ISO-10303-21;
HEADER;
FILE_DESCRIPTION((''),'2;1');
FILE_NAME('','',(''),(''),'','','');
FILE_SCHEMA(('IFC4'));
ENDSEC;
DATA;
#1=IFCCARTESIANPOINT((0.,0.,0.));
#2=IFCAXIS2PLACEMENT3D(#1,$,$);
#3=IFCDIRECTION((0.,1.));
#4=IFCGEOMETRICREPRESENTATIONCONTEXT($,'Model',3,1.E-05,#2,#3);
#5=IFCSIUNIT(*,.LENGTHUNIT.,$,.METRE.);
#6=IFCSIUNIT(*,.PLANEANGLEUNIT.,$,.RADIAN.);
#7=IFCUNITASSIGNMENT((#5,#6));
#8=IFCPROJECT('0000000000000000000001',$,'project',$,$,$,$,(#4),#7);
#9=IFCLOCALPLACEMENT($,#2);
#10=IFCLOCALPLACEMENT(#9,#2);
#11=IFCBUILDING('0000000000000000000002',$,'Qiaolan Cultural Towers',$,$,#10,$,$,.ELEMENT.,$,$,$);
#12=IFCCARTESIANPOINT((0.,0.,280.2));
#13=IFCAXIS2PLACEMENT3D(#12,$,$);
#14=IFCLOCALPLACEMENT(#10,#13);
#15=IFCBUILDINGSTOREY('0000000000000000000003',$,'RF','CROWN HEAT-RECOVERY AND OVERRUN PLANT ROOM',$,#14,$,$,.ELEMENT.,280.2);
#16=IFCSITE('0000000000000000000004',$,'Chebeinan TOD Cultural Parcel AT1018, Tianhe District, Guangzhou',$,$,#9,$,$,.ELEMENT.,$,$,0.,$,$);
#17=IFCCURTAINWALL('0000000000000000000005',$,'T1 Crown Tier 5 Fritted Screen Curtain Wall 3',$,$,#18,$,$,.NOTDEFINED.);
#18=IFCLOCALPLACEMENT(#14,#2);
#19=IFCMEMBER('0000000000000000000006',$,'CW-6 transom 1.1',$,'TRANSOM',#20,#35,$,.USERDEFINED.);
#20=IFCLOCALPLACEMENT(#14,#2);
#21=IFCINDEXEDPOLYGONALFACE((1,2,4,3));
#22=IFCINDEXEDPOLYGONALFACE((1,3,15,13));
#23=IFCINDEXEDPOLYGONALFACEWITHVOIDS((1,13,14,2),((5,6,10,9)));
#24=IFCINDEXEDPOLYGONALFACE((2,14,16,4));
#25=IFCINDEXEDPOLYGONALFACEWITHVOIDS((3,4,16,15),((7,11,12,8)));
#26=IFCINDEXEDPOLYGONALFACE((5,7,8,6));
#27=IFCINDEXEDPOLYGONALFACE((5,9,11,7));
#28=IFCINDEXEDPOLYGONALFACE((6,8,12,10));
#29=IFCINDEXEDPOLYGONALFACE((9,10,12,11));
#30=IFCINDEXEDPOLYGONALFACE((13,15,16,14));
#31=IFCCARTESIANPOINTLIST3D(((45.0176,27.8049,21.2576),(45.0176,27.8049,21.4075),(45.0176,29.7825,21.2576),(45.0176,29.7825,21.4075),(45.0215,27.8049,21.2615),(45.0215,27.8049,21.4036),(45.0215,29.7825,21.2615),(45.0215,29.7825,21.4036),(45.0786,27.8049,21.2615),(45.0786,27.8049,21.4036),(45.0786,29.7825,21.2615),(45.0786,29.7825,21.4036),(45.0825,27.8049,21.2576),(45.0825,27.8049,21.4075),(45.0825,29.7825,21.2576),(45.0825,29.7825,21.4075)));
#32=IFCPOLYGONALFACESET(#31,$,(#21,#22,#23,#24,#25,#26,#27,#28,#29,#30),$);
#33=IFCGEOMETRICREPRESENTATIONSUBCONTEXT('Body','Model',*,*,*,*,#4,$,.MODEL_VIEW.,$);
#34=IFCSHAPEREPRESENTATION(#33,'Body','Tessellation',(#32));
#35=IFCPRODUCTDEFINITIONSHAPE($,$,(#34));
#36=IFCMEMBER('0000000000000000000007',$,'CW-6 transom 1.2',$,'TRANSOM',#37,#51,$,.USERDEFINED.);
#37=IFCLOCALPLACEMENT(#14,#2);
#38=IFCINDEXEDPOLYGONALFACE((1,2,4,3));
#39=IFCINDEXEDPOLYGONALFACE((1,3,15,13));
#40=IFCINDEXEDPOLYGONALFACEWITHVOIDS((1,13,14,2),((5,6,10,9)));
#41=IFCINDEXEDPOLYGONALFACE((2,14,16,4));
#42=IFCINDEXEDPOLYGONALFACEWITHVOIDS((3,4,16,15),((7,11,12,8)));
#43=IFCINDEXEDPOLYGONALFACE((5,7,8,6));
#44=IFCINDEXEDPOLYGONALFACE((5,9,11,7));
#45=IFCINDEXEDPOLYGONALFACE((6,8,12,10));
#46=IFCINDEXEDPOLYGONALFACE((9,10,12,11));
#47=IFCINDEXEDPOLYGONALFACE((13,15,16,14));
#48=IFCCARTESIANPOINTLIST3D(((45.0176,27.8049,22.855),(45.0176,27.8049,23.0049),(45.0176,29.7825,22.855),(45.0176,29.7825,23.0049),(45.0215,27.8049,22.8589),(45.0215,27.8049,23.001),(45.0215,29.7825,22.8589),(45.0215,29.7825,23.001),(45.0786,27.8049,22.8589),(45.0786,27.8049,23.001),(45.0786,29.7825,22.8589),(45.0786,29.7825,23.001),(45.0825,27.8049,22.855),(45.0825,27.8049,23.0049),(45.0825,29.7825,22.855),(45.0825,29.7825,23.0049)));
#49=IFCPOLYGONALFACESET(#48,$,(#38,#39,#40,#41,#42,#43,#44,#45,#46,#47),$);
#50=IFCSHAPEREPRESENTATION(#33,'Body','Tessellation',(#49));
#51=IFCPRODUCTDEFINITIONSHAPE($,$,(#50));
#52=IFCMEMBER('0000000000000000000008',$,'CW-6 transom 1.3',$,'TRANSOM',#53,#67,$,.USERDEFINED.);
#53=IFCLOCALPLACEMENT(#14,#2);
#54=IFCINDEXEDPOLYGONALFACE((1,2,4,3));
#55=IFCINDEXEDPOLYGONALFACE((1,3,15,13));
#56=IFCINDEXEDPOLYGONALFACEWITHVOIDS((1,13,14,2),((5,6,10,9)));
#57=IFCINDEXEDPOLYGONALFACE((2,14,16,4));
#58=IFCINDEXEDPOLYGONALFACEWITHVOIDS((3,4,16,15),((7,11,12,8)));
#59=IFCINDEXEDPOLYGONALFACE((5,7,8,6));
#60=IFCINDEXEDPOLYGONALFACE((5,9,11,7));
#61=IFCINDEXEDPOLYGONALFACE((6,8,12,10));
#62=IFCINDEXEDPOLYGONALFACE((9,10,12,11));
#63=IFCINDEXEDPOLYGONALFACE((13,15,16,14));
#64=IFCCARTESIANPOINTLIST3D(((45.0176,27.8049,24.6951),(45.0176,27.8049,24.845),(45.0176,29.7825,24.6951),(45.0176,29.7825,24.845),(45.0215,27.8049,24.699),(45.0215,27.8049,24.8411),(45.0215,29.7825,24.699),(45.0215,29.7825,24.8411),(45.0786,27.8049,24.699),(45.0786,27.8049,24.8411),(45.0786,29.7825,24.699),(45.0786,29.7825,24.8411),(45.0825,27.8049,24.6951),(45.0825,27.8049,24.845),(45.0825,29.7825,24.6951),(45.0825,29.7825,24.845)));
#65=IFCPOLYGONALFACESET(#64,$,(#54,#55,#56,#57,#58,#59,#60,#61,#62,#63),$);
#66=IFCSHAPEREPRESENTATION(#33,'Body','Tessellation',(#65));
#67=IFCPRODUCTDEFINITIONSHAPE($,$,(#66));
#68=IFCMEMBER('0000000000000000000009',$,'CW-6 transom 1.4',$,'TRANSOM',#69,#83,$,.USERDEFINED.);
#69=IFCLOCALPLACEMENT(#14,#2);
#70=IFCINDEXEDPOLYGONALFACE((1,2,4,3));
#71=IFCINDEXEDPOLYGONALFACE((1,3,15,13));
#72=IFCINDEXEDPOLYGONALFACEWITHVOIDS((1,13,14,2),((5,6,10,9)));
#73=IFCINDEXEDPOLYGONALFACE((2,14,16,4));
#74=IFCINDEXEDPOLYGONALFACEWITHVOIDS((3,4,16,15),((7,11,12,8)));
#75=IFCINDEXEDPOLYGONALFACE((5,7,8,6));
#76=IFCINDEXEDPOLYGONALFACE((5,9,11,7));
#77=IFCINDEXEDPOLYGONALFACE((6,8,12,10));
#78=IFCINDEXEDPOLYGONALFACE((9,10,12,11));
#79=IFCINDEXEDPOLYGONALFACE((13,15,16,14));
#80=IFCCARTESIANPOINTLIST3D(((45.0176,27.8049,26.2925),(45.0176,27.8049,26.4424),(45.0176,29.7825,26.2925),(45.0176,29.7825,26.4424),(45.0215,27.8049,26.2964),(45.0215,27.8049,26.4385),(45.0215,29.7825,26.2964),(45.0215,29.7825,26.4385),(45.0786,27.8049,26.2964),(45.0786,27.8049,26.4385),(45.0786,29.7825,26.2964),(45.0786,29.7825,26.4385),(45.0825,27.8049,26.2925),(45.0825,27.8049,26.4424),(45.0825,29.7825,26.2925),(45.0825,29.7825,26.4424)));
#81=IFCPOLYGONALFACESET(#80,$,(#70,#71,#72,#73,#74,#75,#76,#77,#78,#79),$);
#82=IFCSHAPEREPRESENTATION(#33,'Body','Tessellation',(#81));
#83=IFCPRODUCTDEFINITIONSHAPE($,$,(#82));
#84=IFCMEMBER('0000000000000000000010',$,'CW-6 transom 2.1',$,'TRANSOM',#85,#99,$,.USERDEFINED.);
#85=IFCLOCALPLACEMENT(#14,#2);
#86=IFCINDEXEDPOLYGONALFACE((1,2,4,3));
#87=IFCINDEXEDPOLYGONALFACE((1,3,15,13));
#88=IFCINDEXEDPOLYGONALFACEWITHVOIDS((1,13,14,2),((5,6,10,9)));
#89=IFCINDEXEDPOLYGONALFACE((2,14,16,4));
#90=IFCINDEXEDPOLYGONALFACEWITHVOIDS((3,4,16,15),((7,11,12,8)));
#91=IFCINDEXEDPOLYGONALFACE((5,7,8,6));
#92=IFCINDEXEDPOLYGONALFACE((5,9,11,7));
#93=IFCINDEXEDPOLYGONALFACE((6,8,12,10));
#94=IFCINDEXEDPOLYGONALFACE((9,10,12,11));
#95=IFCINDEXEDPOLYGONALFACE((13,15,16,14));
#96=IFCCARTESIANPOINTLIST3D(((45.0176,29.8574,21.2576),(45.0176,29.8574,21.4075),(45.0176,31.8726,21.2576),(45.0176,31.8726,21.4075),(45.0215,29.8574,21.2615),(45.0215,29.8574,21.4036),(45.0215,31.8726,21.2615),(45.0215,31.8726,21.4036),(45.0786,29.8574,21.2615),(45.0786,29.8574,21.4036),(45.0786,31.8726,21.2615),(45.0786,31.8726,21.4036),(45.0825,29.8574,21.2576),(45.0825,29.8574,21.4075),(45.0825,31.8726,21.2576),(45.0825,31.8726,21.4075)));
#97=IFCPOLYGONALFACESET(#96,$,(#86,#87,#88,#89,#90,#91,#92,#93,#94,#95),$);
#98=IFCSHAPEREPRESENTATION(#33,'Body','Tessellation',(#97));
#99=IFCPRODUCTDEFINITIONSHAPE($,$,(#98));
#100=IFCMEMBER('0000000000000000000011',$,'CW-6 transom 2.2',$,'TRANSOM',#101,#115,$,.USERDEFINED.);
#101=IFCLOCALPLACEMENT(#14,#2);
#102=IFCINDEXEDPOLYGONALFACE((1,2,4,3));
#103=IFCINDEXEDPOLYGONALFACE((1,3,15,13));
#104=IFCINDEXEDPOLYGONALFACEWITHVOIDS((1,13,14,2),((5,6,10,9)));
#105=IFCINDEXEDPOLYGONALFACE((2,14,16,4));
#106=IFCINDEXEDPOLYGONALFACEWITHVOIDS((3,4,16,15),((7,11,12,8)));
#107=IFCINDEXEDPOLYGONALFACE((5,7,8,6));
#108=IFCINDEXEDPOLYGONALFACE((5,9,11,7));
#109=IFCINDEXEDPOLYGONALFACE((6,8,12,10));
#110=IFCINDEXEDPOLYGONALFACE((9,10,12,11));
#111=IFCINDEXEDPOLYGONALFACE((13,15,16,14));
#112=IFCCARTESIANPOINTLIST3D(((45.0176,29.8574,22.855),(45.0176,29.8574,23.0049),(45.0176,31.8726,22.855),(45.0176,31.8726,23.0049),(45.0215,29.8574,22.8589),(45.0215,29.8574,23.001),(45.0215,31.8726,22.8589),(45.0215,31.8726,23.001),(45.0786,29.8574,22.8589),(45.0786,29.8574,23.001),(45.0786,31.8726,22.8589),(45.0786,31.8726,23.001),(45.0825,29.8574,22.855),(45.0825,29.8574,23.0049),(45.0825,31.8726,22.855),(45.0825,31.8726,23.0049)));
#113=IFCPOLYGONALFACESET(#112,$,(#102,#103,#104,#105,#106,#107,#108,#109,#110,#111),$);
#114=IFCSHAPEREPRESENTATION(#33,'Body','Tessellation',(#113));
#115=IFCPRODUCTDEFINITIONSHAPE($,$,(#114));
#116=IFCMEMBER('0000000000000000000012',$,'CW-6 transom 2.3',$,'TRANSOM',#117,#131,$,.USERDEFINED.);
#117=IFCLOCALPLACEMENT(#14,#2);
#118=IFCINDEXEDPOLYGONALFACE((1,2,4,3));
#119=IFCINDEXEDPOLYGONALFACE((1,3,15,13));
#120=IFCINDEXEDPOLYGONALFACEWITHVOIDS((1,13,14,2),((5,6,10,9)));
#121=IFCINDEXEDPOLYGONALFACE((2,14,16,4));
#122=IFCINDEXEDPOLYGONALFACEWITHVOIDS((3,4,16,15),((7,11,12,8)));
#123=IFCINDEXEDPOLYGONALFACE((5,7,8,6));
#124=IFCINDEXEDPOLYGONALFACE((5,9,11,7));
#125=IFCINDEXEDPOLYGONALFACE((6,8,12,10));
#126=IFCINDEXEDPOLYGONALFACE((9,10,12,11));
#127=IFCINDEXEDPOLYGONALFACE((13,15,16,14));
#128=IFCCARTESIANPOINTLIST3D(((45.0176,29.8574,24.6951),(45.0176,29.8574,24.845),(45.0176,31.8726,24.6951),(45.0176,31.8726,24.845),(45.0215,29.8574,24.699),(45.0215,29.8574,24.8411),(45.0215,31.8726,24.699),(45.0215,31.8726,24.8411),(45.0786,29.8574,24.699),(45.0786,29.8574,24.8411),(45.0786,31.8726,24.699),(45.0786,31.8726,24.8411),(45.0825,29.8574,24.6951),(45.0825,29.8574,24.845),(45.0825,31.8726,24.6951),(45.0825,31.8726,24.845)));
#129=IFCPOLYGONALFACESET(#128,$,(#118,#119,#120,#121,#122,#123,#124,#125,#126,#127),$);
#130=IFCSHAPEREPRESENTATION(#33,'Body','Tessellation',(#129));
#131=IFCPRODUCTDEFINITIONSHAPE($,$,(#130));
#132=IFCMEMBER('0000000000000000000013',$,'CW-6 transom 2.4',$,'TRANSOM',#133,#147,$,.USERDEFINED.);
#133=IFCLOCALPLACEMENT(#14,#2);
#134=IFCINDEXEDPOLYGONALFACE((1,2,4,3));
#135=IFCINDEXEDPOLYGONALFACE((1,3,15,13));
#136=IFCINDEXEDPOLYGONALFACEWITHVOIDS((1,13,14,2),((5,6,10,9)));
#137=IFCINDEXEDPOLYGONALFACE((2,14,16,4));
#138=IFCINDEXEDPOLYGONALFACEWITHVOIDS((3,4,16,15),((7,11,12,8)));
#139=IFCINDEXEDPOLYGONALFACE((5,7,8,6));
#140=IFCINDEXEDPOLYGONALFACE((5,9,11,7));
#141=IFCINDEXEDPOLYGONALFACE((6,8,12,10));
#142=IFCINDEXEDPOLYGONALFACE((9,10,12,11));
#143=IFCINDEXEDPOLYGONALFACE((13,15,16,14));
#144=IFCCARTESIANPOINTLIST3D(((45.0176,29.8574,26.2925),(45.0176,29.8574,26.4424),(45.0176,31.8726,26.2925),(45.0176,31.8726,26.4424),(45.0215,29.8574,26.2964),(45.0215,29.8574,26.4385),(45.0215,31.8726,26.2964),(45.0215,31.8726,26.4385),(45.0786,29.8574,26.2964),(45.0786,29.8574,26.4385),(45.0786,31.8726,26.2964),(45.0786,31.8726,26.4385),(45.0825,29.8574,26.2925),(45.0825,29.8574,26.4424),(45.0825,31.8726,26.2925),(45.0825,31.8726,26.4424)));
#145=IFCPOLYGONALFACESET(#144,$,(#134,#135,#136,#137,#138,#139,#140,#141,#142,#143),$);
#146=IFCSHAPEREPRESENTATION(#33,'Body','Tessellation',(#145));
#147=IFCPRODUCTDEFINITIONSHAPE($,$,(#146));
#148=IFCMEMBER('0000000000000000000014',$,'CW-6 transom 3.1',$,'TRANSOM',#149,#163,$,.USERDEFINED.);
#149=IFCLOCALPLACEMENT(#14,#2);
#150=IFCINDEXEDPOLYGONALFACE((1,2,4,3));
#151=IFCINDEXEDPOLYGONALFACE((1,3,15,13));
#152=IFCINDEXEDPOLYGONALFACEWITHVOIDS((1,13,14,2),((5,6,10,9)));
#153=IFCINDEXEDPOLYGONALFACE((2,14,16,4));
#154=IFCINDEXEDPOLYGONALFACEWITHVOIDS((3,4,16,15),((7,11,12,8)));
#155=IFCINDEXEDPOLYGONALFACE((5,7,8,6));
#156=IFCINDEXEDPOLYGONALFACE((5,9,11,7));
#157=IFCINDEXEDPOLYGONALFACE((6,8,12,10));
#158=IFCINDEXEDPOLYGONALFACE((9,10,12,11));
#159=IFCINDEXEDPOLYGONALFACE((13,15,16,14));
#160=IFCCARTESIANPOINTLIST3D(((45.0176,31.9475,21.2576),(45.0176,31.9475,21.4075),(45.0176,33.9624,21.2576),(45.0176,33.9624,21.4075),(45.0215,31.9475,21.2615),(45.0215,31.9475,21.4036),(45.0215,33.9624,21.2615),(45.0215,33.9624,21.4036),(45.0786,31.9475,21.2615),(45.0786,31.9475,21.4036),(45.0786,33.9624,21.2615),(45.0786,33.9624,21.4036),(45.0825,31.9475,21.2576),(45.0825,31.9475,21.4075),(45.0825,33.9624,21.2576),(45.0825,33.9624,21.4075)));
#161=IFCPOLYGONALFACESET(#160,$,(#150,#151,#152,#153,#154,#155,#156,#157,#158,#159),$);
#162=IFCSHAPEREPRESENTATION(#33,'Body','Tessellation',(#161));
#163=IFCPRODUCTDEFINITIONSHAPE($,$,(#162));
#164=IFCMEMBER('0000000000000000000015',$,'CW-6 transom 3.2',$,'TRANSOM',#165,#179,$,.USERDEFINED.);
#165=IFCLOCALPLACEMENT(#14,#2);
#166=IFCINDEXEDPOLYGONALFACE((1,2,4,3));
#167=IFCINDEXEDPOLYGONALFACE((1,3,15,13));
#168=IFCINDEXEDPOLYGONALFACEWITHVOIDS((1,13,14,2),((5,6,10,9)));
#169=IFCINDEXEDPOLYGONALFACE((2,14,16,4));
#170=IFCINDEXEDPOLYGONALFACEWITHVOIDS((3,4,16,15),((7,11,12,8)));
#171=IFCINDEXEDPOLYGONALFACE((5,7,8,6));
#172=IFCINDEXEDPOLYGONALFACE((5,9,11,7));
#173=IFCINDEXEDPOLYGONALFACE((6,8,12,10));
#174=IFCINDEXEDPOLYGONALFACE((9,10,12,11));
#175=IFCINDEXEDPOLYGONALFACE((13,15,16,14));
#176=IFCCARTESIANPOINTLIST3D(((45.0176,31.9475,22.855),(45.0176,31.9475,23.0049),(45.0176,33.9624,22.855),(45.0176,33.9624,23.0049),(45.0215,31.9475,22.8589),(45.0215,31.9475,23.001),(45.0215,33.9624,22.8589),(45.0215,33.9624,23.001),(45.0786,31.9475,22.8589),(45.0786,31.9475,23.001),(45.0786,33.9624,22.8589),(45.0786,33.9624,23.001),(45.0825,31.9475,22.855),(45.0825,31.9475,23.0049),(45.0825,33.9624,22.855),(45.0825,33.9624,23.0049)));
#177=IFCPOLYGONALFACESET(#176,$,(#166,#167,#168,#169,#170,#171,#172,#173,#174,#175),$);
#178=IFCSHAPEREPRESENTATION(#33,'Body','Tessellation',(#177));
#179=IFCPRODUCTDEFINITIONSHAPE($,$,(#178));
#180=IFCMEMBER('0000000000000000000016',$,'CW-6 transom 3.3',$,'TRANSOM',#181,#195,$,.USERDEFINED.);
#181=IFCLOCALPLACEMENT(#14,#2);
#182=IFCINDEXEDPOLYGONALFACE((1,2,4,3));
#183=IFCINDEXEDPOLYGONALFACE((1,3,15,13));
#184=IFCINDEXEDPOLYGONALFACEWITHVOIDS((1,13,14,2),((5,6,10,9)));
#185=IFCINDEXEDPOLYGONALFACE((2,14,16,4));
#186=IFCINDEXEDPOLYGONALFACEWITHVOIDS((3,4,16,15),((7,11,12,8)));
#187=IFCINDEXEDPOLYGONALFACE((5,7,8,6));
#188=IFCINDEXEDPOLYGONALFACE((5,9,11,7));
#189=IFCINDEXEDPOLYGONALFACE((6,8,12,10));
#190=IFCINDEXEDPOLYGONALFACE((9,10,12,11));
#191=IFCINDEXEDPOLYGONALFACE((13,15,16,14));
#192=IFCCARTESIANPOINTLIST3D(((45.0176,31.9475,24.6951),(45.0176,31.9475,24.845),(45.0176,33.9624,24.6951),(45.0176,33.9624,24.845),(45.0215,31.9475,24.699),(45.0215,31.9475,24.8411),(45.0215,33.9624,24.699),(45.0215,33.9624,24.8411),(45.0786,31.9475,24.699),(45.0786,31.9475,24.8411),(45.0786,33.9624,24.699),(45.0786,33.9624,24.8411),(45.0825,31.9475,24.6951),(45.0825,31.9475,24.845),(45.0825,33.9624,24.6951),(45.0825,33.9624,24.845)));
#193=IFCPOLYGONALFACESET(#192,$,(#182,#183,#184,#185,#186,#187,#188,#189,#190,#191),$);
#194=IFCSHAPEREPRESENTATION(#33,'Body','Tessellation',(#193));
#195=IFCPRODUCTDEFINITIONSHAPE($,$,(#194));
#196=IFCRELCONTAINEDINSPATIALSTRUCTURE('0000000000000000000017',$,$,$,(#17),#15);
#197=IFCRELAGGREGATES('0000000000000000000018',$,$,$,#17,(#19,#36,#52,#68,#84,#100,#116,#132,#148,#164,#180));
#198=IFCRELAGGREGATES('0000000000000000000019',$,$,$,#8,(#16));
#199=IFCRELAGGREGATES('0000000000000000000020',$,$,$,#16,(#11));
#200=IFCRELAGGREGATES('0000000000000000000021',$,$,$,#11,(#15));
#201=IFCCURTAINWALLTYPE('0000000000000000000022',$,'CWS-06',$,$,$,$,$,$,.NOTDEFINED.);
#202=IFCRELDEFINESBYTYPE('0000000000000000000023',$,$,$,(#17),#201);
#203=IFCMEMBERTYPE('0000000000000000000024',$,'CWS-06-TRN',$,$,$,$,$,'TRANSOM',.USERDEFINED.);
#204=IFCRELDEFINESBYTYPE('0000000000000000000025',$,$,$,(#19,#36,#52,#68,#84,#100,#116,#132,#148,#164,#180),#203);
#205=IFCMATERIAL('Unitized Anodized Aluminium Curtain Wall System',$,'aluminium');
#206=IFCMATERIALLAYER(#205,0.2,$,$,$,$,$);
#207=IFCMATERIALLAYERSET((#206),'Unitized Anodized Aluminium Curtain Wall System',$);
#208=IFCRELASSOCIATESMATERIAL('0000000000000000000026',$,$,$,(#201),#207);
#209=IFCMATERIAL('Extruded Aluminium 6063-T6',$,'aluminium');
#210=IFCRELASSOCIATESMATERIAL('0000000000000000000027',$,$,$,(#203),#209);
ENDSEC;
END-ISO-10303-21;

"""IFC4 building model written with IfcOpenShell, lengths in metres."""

from ifc_helpers import new_model, si_unit, direction, frame, origin, origin_2d, place, context, subcontext, project, spatial, hollow_rectangle, extrude, material, layer, layer_set, material_profile, profile_set, type_object, element, aggregate, save


model = new_model("IFC4")

# Units and contexts
model_context = context("Model", 3, precision=1e-05, world=origin(), true_north=direction((0.0, 1.0)))
body_context = subcontext(model_context, "Body", "Model", "MODEL_VIEW")
ifc_project = project(units=[si_unit("LENGTHUNIT", "METRE"), si_unit("PLANEANGLEUNIT", "RADIAN")], contexts=[model_context])

# Site, building, storey
site_placement = place(None, origin())
site = spatial("IfcSite", under=ifc_project, at=site_placement, Name="Chebeinan TOD Cultural Parcel AT1018, Tianhe District, Guangzhou", CompositionType="ELEMENT", RefElevation=0.0)
building_placement = place(site_placement, origin())
building = spatial("IfcBuilding", under=site, at=building_placement, Name="Qiaolan Cultural Towers", CompositionType="ELEMENT")
storey_placement = place(building_placement, frame((0.0, 0.0, 280.2)))
storey = spatial("IfcBuildingStorey", under=building, at=storey_placement, Name="RF", Description="CROWN HEAT-RECOVERY AND OVERRUN PLANT ROOM", CompositionType="ELEMENT", Elevation=280.2)

# Curtain wall, members
ifc_material_1 = material(Name="Unitized Anodized Aluminium Curtain Wall System", Category="aluminium")
ifc_layer_1 = layer(ifc_material_1, 0.2)
ifc_layer_set_1 = layer_set([ifc_layer_1], Name="Unitized Anodized Aluminium Curtain Wall System")
curtain_wall_type = type_object("IfcCurtainWallType", Name="CWS-06", PredefinedType="NOTDEFINED", material=ifc_layer_set_1)
curtain_wall_placement = place(storey_placement, origin())
curtain_wall = element("IfcCurtainWall", 1, at=curtain_wall_placement, inside=storey, type_object=curtain_wall_type, Name="T1 Crown Tier 5 Fritted Screen Curtain Wall 3", PredefinedType="NOTDEFINED")
ifc_material_2 = material(Name="Extruded Aluminium 6063-T6", Category="aluminium")
ifc_material_profile = material_profile(ifc_material_2, hollow_rectangle(XDim=0.0649, YDim=0.1499, WallThickness=0.0039, at=origin_2d()), Name="CWT-150x65x4")
ifc_profile_set = profile_set([ifc_material_profile], Name="Extruded Aluminium 6063-T6")
member_type = type_object("IfcMemberType", Name="CWS-06-TRN", ElementType="TRANSOM", PredefinedType="USERDEFINED", material=ifc_profile_set)
member_1_placement = place(storey_placement, frame((45.05, 27.8049, 21.3325), z_axis=(0.0, 1.0, 0.0), x_axis=(-1.0, 0.0, 0.0)))
member_1 = element("IfcMember", 2, at=member_1_placement, type_object=member_type, Name="CW-6 transom 1.1", ObjectType="TRANSOM", PredefinedType="USERDEFINED", context=body_context, shape_type="SweptSolid", body=[
    extrude(hollow_rectangle(XDim=0.0649, YDim=0.1499, WallThickness=0.0039, at=origin_2d()), origin(), (0.0, 0.0, 1.0), 1.9775),
])
member_2_placement = place(storey_placement, frame((45.05, 27.8049, 22.9299), z_axis=(0.0, 1.0, 0.0), x_axis=(-1.0, 0.0, 0.0)))
member_2 = element("IfcMember", 3, at=member_2_placement, type_object=member_type, Name="CW-6 transom 1.2", ObjectType="TRANSOM", PredefinedType="USERDEFINED", context=body_context, shape_type="SweptSolid", body=[
    extrude(hollow_rectangle(XDim=0.0649, YDim=0.1499, WallThickness=0.0039, at=origin_2d()), origin(), (0.0, 0.0, 1.0), 1.9775),
])
member_3_placement = place(storey_placement, frame((45.05, 27.8049, 24.77), z_axis=(0.0, 1.0, 0.0), x_axis=(-1.0, 0.0, 0.0)))
member_3 = element("IfcMember", 4, at=member_3_placement, type_object=member_type, Name="CW-6 transom 1.3", ObjectType="TRANSOM", PredefinedType="USERDEFINED", context=body_context, shape_type="SweptSolid", body=[
    extrude(hollow_rectangle(XDim=0.0649, YDim=0.1499, WallThickness=0.0039, at=origin_2d()), origin(), (0.0, 0.0, 1.0), 1.9775),
])
member_4_placement = place(storey_placement, frame((45.05, 27.8049, 26.3674), z_axis=(0.0, 1.0, 0.0), x_axis=(-1.0, 0.0, 0.0)))
member_4 = element("IfcMember", 5, at=member_4_placement, type_object=member_type, Name="CW-6 transom 1.4", ObjectType="TRANSOM", PredefinedType="USERDEFINED", context=body_context, shape_type="SweptSolid", body=[
    extrude(hollow_rectangle(XDim=0.0649, YDim=0.1499, WallThickness=0.0039, at=origin_2d()), origin(), (0.0, 0.0, 1.0), 1.9775),
])
member_5_placement = place(storey_placement, frame((45.05, 29.8574, 21.3325), z_axis=(0.0, 1.0, 0.0), x_axis=(-1.0, 0.0, 0.0)))
member_5 = element("IfcMember", 6, at=member_5_placement, type_object=member_type, Name="CW-6 transom 2.1", ObjectType="TRANSOM", PredefinedType="USERDEFINED", context=body_context, shape_type="SweptSolid", body=[
    extrude(hollow_rectangle(XDim=0.0649, YDim=0.1499, WallThickness=0.0039, at=origin_2d()), origin(), (0.0, 0.0, 1.0), 2.0151),
])
member_6_placement = place(storey_placement, frame((45.05, 29.8574, 22.9299), z_axis=(0.0, 1.0, 0.0), x_axis=(-1.0, 0.0, 0.0)))
member_6 = element("IfcMember", 7, at=member_6_placement, type_object=member_type, Name="CW-6 transom 2.2", ObjectType="TRANSOM", PredefinedType="USERDEFINED", context=body_context, shape_type="SweptSolid", body=[
    extrude(hollow_rectangle(XDim=0.0649, YDim=0.1499, WallThickness=0.0039, at=origin_2d()), origin(), (0.0, 0.0, 1.0), 2.0151),
])
member_7_placement = place(storey_placement, frame((45.05, 29.8574, 24.77), z_axis=(0.0, 1.0, 0.0), x_axis=(-1.0, 0.0, 0.0)))
member_7 = element("IfcMember", 8, at=member_7_placement, type_object=member_type, Name="CW-6 transom 2.3", ObjectType="TRANSOM", PredefinedType="USERDEFINED", context=body_context, shape_type="SweptSolid", body=[
    extrude(hollow_rectangle(XDim=0.0649, YDim=0.1499, WallThickness=0.0039, at=origin_2d()), origin(), (0.0, 0.0, 1.0), 2.0151),
])
member_8_placement = place(storey_placement, frame((45.05, 29.8574, 26.3674), z_axis=(0.0, 1.0, 0.0), x_axis=(-1.0, 0.0, 0.0)))
member_8 = element("IfcMember", 9, at=member_8_placement, type_object=member_type, Name="CW-6 transom 2.4", ObjectType="TRANSOM", PredefinedType="USERDEFINED", context=body_context, shape_type="SweptSolid", body=[
    extrude(hollow_rectangle(XDim=0.0649, YDim=0.1499, WallThickness=0.0039, at=origin_2d()), origin(), (0.0, 0.0, 1.0), 2.0151),
])
member_9_placement = place(storey_placement, frame((45.05, 31.9475, 21.3325), z_axis=(0.0, 1.0, 0.0), x_axis=(-1.0, 0.0, 0.0)))
member_9 = element("IfcMember", 10, at=member_9_placement, type_object=member_type, Name="CW-6 transom 3.1", ObjectType="TRANSOM", PredefinedType="USERDEFINED", context=body_context, shape_type="SweptSolid", body=[
    extrude(hollow_rectangle(XDim=0.0649, YDim=0.1499, WallThickness=0.0039, at=origin_2d()), origin(), (0.0, 0.0, 1.0), 2.0149),
])
member_10_placement = place(storey_placement, frame((45.05, 31.9475, 22.9299), z_axis=(0.0, 1.0, 0.0), x_axis=(-1.0, 0.0, 0.0)))
member_10 = element("IfcMember", 11, at=member_10_placement, type_object=member_type, Name="CW-6 transom 3.2", ObjectType="TRANSOM", PredefinedType="USERDEFINED", context=body_context, shape_type="SweptSolid", body=[
    extrude(hollow_rectangle(XDim=0.0649, YDim=0.1499, WallThickness=0.0039, at=origin_2d()), origin(), (0.0, 0.0, 1.0), 2.0149),
])
member_11_placement = place(storey_placement, frame((45.05, 31.9475, 24.77), z_axis=(0.0, 1.0, 0.0), x_axis=(-1.0, 0.0, 0.0)))
member_11 = element("IfcMember", 12, at=member_11_placement, type_object=member_type, Name="CW-6 transom 3.3", ObjectType="TRANSOM", PredefinedType="USERDEFINED", context=body_context, shape_type="SweptSolid", body=[
    extrude(hollow_rectangle(XDim=0.0649, YDim=0.1499, WallThickness=0.0039, at=origin_2d()), origin(), (0.0, 0.0, 1.0), 2.0149),
])
aggregate(curtain_wall, [member_1, member_2, member_3, member_4, member_5, member_6, member_7, member_8, member_9, member_10, member_11])

save(model, "model.ifc")
